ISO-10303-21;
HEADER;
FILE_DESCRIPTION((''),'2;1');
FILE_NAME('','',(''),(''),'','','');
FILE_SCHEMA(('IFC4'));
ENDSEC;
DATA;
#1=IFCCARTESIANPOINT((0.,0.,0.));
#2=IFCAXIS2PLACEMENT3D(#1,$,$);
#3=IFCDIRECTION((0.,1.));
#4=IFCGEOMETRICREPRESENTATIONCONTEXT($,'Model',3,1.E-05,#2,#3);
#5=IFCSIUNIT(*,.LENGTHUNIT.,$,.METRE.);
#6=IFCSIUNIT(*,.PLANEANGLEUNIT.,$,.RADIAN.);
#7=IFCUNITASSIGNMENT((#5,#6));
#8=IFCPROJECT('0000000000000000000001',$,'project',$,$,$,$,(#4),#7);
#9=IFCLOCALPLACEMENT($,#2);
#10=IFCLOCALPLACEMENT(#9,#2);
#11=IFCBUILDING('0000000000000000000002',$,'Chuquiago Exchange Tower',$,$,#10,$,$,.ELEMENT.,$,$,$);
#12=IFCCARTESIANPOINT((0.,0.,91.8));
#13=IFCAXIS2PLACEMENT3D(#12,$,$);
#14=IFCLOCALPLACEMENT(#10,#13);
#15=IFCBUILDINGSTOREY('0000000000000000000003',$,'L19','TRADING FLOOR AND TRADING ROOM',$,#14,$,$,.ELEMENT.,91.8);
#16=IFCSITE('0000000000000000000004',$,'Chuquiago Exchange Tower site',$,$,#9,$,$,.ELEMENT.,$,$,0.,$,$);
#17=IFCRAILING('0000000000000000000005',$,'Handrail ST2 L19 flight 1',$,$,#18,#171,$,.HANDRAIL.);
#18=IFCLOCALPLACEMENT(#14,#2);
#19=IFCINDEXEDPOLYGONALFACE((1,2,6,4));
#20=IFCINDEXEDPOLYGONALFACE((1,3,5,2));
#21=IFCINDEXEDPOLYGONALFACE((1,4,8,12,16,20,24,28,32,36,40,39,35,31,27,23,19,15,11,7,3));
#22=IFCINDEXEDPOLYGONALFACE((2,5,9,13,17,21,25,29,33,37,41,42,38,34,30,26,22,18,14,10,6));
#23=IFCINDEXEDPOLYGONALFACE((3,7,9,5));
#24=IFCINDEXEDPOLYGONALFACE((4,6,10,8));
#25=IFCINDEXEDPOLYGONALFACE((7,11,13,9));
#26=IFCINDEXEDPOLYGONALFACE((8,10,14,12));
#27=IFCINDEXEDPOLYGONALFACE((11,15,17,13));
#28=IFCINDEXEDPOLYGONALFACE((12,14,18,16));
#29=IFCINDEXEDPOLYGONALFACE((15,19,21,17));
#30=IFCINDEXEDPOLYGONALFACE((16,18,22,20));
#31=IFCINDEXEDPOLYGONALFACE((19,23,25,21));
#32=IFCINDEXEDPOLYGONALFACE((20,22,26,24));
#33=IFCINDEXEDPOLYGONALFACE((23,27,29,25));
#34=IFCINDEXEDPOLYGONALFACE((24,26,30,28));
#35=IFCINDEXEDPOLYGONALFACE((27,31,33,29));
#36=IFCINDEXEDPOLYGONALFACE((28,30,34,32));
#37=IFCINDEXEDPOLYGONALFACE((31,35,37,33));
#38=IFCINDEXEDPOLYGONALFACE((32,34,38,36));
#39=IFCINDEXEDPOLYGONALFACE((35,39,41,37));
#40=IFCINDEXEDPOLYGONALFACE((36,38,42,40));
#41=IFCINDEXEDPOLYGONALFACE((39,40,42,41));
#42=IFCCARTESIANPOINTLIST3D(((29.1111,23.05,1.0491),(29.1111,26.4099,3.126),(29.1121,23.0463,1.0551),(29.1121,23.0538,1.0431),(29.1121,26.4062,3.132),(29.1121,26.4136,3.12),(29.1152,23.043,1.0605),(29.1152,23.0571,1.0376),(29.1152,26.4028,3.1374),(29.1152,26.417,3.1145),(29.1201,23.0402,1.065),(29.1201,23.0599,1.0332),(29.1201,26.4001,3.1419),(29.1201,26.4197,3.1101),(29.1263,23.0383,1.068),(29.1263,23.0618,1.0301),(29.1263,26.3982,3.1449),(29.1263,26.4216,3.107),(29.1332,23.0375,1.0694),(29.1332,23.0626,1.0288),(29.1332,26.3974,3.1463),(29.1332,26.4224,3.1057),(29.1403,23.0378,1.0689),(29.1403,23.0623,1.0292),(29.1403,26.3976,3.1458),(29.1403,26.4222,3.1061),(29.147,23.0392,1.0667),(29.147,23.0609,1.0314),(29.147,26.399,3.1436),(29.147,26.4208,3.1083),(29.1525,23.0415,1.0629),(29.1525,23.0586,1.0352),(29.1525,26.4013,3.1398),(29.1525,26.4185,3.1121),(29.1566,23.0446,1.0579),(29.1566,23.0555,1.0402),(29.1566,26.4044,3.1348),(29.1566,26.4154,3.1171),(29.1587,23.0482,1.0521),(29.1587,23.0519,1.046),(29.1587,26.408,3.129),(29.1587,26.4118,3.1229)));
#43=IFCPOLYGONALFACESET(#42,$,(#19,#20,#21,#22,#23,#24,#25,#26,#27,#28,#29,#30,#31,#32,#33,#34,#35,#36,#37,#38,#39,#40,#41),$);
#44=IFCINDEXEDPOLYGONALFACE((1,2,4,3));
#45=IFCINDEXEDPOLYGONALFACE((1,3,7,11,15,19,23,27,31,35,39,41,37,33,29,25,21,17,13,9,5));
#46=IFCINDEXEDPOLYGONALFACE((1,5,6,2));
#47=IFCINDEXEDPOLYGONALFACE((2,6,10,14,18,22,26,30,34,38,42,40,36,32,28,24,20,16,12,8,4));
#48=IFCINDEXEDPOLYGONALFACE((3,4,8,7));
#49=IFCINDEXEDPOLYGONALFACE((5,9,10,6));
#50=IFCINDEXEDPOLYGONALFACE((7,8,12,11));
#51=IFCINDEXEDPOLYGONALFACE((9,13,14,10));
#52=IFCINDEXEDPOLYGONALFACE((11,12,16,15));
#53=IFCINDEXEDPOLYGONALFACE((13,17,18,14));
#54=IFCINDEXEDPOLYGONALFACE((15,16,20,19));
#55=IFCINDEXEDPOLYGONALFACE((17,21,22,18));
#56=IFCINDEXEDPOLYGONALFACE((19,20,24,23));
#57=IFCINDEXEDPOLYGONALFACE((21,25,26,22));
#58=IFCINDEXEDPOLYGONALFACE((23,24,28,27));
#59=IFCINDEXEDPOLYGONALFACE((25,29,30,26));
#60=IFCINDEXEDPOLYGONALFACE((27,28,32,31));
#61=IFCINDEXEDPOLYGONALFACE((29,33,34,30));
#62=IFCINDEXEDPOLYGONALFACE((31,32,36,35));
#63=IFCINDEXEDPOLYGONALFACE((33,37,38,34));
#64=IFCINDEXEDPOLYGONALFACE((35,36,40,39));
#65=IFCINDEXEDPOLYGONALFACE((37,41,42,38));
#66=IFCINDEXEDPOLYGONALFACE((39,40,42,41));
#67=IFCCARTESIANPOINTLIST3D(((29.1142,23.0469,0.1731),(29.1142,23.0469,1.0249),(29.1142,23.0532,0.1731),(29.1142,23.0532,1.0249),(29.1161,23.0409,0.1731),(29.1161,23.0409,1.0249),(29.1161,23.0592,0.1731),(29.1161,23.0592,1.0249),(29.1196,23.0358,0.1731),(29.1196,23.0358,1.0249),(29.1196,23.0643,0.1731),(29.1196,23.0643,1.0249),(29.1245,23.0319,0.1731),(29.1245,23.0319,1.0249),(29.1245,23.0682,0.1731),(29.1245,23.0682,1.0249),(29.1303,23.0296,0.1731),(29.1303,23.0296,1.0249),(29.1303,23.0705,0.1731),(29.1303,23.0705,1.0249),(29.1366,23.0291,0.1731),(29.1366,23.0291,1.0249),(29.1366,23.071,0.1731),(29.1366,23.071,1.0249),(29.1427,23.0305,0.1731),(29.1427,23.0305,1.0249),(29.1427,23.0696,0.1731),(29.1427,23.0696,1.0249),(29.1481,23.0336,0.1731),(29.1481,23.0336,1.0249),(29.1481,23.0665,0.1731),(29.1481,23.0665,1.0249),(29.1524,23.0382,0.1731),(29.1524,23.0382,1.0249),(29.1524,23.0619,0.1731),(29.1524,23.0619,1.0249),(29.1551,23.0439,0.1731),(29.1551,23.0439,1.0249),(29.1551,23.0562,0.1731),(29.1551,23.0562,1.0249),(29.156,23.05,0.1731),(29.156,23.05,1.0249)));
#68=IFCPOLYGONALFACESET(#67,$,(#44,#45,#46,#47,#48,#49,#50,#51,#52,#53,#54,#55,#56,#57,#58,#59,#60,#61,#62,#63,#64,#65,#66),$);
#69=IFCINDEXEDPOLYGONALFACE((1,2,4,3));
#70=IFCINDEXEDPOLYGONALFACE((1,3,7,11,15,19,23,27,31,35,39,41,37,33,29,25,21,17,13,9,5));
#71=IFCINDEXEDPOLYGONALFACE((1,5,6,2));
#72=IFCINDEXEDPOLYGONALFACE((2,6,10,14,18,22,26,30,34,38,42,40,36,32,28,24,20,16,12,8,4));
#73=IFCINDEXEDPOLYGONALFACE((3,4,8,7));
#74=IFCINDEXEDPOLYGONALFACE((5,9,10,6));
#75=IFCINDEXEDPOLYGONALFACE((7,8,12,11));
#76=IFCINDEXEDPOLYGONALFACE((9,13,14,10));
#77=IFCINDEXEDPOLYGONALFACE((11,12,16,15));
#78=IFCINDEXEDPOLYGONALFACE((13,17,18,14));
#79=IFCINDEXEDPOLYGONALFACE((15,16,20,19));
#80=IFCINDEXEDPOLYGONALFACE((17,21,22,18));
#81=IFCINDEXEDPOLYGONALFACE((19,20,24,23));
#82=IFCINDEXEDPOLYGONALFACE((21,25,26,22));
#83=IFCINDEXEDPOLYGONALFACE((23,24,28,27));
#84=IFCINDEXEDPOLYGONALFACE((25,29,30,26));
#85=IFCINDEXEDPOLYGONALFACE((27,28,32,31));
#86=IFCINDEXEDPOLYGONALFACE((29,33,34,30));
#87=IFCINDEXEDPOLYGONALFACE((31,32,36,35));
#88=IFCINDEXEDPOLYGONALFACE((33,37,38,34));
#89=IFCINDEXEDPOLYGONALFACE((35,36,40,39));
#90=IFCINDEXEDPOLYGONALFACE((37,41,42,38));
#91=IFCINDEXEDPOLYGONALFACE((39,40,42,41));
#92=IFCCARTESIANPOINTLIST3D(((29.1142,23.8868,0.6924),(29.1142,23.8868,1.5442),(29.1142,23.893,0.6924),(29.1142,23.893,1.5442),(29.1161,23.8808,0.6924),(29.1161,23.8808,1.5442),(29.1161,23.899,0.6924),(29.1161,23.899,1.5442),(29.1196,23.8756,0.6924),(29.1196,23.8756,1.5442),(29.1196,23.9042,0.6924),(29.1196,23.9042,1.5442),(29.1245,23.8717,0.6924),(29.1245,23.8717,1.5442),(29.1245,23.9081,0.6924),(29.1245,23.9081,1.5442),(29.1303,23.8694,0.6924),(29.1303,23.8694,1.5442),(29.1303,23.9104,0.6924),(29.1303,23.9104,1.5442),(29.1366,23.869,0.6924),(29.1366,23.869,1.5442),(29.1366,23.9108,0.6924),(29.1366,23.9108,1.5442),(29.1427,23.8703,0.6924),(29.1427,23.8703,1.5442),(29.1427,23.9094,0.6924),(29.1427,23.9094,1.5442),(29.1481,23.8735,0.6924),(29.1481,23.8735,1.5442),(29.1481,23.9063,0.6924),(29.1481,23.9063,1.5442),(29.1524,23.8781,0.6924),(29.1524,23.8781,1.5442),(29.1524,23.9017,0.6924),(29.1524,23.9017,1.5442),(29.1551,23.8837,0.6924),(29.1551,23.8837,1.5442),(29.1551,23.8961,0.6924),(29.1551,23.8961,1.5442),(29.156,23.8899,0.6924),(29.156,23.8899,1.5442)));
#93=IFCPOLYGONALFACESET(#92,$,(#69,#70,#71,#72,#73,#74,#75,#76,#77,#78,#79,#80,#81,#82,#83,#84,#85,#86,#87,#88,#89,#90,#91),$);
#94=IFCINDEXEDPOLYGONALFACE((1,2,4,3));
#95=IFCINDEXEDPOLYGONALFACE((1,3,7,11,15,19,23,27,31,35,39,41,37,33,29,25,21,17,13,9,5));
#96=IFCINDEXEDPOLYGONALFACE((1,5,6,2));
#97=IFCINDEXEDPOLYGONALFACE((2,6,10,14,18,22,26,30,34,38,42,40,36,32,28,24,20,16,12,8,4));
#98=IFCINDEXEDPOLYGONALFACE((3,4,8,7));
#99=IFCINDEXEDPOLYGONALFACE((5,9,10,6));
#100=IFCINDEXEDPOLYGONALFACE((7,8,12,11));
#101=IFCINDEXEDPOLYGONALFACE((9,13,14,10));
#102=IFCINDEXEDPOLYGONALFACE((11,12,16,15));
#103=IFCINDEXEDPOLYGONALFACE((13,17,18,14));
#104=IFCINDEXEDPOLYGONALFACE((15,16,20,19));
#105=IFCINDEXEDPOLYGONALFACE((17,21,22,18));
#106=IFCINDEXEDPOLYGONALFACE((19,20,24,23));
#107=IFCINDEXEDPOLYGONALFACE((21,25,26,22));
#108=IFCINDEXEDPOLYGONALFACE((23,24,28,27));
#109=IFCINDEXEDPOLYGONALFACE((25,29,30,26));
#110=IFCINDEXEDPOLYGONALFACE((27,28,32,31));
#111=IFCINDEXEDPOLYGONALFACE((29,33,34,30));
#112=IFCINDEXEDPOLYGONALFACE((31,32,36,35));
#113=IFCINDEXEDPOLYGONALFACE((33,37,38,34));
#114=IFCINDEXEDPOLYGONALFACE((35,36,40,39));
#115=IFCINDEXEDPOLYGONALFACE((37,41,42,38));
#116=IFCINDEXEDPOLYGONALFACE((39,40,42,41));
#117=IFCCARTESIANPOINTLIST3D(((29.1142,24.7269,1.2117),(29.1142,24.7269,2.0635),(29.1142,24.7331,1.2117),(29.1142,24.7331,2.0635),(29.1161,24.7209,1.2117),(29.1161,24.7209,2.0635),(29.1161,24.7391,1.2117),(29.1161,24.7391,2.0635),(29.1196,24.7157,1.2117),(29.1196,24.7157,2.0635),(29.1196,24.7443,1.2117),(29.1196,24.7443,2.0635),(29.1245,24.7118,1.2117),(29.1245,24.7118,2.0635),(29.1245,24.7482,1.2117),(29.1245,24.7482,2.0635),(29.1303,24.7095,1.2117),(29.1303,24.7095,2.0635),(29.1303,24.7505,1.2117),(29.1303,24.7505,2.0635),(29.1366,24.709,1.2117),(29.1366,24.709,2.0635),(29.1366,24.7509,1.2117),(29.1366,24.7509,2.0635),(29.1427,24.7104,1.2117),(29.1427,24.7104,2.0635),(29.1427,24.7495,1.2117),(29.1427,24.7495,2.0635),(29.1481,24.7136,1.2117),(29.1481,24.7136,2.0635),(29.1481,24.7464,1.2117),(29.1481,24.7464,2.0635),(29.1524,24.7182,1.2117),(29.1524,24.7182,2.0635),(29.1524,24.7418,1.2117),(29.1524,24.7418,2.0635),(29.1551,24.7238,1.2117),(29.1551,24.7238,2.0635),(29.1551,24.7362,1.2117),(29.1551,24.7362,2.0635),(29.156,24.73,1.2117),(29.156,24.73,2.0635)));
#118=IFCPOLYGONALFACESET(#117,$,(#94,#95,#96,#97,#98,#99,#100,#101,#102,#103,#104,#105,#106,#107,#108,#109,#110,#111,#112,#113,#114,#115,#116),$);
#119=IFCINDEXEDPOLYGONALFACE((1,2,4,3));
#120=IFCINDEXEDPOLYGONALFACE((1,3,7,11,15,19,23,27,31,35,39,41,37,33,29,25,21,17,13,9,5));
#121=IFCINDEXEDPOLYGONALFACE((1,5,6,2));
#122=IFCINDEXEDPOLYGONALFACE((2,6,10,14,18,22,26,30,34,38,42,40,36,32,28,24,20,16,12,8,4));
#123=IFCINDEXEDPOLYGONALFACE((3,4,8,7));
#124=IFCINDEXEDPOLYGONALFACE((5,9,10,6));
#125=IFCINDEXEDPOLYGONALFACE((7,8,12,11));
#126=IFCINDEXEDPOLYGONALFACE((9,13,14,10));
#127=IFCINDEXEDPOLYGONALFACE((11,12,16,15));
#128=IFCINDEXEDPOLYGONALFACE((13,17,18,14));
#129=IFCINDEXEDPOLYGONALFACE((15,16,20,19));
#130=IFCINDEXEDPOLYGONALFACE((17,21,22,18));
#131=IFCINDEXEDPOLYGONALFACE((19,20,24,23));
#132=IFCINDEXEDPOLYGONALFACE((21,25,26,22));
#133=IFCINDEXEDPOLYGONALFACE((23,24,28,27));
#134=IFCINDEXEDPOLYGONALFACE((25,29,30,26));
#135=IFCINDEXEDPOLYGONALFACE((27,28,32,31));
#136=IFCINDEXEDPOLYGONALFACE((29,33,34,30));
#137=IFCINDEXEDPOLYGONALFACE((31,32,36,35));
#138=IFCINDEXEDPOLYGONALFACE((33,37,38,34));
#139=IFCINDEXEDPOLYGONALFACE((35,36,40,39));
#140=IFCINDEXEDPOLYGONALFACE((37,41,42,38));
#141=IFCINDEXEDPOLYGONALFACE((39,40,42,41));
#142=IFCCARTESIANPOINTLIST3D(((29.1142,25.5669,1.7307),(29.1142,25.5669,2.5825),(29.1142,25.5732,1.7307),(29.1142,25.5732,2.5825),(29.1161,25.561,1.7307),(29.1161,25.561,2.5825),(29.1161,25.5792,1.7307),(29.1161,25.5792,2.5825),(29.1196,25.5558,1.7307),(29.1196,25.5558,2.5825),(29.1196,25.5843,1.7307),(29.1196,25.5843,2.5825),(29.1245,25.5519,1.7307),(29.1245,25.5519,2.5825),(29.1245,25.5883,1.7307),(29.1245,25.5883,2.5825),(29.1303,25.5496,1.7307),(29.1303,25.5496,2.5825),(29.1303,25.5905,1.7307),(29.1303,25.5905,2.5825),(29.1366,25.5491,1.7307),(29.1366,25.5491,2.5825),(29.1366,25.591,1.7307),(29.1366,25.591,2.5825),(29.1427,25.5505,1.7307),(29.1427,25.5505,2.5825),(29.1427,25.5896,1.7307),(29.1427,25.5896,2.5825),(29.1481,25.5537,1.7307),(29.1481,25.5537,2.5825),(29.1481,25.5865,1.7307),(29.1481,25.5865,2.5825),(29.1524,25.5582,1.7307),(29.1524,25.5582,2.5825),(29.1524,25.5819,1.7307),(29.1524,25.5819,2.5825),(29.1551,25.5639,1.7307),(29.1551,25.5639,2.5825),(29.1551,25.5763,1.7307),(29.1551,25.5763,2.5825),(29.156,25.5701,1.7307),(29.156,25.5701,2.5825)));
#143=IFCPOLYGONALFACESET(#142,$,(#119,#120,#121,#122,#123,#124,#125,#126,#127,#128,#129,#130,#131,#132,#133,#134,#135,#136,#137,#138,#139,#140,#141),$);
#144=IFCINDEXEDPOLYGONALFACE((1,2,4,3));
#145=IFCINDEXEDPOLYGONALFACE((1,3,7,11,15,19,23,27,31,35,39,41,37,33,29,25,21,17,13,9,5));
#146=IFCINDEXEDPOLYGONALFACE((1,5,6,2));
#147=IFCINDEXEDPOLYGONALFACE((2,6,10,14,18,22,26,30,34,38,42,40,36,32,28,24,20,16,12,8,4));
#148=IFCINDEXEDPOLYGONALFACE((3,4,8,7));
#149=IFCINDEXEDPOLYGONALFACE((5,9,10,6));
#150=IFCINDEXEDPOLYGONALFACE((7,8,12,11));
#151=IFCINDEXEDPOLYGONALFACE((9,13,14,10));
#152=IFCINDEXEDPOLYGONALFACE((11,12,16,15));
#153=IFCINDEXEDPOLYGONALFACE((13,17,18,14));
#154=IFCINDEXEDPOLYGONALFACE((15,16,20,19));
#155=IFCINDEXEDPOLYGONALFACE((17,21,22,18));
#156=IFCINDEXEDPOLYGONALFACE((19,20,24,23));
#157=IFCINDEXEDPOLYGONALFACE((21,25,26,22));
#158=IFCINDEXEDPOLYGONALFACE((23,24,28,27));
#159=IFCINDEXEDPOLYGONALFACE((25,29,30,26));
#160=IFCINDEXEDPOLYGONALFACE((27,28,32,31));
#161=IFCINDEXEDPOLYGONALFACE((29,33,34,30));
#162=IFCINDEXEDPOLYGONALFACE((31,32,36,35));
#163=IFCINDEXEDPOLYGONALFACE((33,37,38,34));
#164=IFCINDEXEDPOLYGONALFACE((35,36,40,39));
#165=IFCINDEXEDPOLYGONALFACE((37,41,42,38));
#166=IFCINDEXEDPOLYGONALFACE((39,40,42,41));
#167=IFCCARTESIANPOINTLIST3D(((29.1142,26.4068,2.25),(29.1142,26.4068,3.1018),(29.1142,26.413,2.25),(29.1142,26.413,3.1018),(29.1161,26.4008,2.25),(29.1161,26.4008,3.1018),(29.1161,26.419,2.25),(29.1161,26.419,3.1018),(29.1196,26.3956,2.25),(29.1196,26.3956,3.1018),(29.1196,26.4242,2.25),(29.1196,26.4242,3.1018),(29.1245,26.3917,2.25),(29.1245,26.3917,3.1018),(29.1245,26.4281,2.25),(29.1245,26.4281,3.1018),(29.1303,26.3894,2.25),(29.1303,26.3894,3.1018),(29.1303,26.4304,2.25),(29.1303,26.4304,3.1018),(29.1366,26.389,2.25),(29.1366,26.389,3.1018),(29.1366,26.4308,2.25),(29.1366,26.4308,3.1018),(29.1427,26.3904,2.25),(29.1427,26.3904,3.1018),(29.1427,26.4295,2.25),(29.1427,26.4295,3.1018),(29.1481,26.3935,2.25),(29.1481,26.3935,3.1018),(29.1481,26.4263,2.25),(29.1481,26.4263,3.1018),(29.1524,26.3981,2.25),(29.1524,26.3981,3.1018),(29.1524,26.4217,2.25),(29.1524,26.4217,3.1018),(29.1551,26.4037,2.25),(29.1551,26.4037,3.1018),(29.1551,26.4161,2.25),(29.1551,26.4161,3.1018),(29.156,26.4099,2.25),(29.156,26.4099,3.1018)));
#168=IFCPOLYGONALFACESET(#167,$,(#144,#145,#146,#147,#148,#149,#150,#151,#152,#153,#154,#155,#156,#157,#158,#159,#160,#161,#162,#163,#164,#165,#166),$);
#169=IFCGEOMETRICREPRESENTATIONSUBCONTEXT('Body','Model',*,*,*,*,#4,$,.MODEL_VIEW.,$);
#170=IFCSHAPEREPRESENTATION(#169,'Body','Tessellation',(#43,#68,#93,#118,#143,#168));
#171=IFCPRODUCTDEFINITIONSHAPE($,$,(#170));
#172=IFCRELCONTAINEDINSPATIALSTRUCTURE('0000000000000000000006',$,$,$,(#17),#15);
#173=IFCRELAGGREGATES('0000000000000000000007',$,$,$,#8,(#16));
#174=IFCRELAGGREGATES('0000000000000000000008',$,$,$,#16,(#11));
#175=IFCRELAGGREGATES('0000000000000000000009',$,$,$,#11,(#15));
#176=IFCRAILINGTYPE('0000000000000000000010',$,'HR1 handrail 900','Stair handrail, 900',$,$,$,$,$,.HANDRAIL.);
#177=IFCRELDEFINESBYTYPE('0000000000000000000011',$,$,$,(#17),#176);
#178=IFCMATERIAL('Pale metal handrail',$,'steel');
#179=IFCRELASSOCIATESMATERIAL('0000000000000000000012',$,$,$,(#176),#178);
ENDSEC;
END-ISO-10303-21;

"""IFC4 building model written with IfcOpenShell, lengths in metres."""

from ifc_helpers import new_model, si_unit, direction, frame, origin, origin_2d, place, context, subcontext, project, spatial, circle, extrude, material, type_object, element, save


model = new_model("IFC4")

# Units and contexts
model_context = context("Model", 3, precision=1e-05, world=origin(), true_north=direction((0.0, 1.0)))
body_context = subcontext(model_context, "Body", "Model", "MODEL_VIEW")
ifc_project = project(units=[si_unit("LENGTHUNIT", "METRE"), si_unit("PLANEANGLEUNIT", "RADIAN")], contexts=[model_context])

# Site, building, storey
site_placement = place(None, origin())
site = spatial("IfcSite", under=ifc_project, at=site_placement, Name="Chuquiago Exchange Tower site", CompositionType="ELEMENT", RefElevation=0.0)
building_placement = place(site_placement, origin())
building = spatial("IfcBuilding", under=site, at=building_placement, Name="Chuquiago Exchange Tower", CompositionType="ELEMENT")
storey_placement = place(building_placement, frame((0.0, 0.0, 91.8)))
storey = spatial("IfcBuildingStorey", under=building, at=storey_placement, Name="L19", Description="TRADING FLOOR AND TRADING ROOM", CompositionType="ELEMENT", Elevation=91.8)

# Railing
ifc_material_1 = material(Name="Pale metal handrail", Category="steel")
railing_type_1 = type_object("IfcRailingType", Name="HR1 handrail 900", Description="Stair handrail, 900", PredefinedType="HANDRAIL", material=ifc_material_1)
for number, where, name in (
    (1, (29.135, 23.05, 0.1731), "Handrail ST2 L19 flight 1"),
):
    element("IfcRailing", number, at=place(storey_placement, frame(where)), inside=storey, type_object=railing_type_1, Name=name, PredefinedType="HANDRAIL", context=body_context, shape_type="SweptSolid", body=[
        extrude(circle(Radius=0.0239, at=origin_2d()), frame((0.0, 0.0, 0.876), z_axis=(0.0, 0.850606, 0.525803), x_axis=(-1.0, 0.0, 0.0)), (0.0, 0.0, 1.0), 3.95),
        extrude(circle(Radius=0.021, at=origin_2d()), origin(), (0.0, 0.0, 1.0), 0.8518),
        extrude(circle(Radius=0.021, at=origin_2d()), frame((0.0, 0.8398, 0.5193)), (0.0, 0.0, 1.0), 0.8518),
        extrude(circle(Radius=0.021, at=origin_2d()), frame((0.0, 1.6799, 1.0386)), (0.0, 0.0, 1.0), 0.8518),
        extrude(circle(Radius=0.021, at=origin_2d()), frame((0.0, 2.52, 1.5576)), (0.0, 0.0, 1.0), 0.8518),
        extrude(circle(Radius=0.021, at=origin_2d()), frame((0.0, 3.3599, 2.0769)), (0.0, 0.0, 1.0), 0.8518),
    ])

save(model, "model.ifc")
